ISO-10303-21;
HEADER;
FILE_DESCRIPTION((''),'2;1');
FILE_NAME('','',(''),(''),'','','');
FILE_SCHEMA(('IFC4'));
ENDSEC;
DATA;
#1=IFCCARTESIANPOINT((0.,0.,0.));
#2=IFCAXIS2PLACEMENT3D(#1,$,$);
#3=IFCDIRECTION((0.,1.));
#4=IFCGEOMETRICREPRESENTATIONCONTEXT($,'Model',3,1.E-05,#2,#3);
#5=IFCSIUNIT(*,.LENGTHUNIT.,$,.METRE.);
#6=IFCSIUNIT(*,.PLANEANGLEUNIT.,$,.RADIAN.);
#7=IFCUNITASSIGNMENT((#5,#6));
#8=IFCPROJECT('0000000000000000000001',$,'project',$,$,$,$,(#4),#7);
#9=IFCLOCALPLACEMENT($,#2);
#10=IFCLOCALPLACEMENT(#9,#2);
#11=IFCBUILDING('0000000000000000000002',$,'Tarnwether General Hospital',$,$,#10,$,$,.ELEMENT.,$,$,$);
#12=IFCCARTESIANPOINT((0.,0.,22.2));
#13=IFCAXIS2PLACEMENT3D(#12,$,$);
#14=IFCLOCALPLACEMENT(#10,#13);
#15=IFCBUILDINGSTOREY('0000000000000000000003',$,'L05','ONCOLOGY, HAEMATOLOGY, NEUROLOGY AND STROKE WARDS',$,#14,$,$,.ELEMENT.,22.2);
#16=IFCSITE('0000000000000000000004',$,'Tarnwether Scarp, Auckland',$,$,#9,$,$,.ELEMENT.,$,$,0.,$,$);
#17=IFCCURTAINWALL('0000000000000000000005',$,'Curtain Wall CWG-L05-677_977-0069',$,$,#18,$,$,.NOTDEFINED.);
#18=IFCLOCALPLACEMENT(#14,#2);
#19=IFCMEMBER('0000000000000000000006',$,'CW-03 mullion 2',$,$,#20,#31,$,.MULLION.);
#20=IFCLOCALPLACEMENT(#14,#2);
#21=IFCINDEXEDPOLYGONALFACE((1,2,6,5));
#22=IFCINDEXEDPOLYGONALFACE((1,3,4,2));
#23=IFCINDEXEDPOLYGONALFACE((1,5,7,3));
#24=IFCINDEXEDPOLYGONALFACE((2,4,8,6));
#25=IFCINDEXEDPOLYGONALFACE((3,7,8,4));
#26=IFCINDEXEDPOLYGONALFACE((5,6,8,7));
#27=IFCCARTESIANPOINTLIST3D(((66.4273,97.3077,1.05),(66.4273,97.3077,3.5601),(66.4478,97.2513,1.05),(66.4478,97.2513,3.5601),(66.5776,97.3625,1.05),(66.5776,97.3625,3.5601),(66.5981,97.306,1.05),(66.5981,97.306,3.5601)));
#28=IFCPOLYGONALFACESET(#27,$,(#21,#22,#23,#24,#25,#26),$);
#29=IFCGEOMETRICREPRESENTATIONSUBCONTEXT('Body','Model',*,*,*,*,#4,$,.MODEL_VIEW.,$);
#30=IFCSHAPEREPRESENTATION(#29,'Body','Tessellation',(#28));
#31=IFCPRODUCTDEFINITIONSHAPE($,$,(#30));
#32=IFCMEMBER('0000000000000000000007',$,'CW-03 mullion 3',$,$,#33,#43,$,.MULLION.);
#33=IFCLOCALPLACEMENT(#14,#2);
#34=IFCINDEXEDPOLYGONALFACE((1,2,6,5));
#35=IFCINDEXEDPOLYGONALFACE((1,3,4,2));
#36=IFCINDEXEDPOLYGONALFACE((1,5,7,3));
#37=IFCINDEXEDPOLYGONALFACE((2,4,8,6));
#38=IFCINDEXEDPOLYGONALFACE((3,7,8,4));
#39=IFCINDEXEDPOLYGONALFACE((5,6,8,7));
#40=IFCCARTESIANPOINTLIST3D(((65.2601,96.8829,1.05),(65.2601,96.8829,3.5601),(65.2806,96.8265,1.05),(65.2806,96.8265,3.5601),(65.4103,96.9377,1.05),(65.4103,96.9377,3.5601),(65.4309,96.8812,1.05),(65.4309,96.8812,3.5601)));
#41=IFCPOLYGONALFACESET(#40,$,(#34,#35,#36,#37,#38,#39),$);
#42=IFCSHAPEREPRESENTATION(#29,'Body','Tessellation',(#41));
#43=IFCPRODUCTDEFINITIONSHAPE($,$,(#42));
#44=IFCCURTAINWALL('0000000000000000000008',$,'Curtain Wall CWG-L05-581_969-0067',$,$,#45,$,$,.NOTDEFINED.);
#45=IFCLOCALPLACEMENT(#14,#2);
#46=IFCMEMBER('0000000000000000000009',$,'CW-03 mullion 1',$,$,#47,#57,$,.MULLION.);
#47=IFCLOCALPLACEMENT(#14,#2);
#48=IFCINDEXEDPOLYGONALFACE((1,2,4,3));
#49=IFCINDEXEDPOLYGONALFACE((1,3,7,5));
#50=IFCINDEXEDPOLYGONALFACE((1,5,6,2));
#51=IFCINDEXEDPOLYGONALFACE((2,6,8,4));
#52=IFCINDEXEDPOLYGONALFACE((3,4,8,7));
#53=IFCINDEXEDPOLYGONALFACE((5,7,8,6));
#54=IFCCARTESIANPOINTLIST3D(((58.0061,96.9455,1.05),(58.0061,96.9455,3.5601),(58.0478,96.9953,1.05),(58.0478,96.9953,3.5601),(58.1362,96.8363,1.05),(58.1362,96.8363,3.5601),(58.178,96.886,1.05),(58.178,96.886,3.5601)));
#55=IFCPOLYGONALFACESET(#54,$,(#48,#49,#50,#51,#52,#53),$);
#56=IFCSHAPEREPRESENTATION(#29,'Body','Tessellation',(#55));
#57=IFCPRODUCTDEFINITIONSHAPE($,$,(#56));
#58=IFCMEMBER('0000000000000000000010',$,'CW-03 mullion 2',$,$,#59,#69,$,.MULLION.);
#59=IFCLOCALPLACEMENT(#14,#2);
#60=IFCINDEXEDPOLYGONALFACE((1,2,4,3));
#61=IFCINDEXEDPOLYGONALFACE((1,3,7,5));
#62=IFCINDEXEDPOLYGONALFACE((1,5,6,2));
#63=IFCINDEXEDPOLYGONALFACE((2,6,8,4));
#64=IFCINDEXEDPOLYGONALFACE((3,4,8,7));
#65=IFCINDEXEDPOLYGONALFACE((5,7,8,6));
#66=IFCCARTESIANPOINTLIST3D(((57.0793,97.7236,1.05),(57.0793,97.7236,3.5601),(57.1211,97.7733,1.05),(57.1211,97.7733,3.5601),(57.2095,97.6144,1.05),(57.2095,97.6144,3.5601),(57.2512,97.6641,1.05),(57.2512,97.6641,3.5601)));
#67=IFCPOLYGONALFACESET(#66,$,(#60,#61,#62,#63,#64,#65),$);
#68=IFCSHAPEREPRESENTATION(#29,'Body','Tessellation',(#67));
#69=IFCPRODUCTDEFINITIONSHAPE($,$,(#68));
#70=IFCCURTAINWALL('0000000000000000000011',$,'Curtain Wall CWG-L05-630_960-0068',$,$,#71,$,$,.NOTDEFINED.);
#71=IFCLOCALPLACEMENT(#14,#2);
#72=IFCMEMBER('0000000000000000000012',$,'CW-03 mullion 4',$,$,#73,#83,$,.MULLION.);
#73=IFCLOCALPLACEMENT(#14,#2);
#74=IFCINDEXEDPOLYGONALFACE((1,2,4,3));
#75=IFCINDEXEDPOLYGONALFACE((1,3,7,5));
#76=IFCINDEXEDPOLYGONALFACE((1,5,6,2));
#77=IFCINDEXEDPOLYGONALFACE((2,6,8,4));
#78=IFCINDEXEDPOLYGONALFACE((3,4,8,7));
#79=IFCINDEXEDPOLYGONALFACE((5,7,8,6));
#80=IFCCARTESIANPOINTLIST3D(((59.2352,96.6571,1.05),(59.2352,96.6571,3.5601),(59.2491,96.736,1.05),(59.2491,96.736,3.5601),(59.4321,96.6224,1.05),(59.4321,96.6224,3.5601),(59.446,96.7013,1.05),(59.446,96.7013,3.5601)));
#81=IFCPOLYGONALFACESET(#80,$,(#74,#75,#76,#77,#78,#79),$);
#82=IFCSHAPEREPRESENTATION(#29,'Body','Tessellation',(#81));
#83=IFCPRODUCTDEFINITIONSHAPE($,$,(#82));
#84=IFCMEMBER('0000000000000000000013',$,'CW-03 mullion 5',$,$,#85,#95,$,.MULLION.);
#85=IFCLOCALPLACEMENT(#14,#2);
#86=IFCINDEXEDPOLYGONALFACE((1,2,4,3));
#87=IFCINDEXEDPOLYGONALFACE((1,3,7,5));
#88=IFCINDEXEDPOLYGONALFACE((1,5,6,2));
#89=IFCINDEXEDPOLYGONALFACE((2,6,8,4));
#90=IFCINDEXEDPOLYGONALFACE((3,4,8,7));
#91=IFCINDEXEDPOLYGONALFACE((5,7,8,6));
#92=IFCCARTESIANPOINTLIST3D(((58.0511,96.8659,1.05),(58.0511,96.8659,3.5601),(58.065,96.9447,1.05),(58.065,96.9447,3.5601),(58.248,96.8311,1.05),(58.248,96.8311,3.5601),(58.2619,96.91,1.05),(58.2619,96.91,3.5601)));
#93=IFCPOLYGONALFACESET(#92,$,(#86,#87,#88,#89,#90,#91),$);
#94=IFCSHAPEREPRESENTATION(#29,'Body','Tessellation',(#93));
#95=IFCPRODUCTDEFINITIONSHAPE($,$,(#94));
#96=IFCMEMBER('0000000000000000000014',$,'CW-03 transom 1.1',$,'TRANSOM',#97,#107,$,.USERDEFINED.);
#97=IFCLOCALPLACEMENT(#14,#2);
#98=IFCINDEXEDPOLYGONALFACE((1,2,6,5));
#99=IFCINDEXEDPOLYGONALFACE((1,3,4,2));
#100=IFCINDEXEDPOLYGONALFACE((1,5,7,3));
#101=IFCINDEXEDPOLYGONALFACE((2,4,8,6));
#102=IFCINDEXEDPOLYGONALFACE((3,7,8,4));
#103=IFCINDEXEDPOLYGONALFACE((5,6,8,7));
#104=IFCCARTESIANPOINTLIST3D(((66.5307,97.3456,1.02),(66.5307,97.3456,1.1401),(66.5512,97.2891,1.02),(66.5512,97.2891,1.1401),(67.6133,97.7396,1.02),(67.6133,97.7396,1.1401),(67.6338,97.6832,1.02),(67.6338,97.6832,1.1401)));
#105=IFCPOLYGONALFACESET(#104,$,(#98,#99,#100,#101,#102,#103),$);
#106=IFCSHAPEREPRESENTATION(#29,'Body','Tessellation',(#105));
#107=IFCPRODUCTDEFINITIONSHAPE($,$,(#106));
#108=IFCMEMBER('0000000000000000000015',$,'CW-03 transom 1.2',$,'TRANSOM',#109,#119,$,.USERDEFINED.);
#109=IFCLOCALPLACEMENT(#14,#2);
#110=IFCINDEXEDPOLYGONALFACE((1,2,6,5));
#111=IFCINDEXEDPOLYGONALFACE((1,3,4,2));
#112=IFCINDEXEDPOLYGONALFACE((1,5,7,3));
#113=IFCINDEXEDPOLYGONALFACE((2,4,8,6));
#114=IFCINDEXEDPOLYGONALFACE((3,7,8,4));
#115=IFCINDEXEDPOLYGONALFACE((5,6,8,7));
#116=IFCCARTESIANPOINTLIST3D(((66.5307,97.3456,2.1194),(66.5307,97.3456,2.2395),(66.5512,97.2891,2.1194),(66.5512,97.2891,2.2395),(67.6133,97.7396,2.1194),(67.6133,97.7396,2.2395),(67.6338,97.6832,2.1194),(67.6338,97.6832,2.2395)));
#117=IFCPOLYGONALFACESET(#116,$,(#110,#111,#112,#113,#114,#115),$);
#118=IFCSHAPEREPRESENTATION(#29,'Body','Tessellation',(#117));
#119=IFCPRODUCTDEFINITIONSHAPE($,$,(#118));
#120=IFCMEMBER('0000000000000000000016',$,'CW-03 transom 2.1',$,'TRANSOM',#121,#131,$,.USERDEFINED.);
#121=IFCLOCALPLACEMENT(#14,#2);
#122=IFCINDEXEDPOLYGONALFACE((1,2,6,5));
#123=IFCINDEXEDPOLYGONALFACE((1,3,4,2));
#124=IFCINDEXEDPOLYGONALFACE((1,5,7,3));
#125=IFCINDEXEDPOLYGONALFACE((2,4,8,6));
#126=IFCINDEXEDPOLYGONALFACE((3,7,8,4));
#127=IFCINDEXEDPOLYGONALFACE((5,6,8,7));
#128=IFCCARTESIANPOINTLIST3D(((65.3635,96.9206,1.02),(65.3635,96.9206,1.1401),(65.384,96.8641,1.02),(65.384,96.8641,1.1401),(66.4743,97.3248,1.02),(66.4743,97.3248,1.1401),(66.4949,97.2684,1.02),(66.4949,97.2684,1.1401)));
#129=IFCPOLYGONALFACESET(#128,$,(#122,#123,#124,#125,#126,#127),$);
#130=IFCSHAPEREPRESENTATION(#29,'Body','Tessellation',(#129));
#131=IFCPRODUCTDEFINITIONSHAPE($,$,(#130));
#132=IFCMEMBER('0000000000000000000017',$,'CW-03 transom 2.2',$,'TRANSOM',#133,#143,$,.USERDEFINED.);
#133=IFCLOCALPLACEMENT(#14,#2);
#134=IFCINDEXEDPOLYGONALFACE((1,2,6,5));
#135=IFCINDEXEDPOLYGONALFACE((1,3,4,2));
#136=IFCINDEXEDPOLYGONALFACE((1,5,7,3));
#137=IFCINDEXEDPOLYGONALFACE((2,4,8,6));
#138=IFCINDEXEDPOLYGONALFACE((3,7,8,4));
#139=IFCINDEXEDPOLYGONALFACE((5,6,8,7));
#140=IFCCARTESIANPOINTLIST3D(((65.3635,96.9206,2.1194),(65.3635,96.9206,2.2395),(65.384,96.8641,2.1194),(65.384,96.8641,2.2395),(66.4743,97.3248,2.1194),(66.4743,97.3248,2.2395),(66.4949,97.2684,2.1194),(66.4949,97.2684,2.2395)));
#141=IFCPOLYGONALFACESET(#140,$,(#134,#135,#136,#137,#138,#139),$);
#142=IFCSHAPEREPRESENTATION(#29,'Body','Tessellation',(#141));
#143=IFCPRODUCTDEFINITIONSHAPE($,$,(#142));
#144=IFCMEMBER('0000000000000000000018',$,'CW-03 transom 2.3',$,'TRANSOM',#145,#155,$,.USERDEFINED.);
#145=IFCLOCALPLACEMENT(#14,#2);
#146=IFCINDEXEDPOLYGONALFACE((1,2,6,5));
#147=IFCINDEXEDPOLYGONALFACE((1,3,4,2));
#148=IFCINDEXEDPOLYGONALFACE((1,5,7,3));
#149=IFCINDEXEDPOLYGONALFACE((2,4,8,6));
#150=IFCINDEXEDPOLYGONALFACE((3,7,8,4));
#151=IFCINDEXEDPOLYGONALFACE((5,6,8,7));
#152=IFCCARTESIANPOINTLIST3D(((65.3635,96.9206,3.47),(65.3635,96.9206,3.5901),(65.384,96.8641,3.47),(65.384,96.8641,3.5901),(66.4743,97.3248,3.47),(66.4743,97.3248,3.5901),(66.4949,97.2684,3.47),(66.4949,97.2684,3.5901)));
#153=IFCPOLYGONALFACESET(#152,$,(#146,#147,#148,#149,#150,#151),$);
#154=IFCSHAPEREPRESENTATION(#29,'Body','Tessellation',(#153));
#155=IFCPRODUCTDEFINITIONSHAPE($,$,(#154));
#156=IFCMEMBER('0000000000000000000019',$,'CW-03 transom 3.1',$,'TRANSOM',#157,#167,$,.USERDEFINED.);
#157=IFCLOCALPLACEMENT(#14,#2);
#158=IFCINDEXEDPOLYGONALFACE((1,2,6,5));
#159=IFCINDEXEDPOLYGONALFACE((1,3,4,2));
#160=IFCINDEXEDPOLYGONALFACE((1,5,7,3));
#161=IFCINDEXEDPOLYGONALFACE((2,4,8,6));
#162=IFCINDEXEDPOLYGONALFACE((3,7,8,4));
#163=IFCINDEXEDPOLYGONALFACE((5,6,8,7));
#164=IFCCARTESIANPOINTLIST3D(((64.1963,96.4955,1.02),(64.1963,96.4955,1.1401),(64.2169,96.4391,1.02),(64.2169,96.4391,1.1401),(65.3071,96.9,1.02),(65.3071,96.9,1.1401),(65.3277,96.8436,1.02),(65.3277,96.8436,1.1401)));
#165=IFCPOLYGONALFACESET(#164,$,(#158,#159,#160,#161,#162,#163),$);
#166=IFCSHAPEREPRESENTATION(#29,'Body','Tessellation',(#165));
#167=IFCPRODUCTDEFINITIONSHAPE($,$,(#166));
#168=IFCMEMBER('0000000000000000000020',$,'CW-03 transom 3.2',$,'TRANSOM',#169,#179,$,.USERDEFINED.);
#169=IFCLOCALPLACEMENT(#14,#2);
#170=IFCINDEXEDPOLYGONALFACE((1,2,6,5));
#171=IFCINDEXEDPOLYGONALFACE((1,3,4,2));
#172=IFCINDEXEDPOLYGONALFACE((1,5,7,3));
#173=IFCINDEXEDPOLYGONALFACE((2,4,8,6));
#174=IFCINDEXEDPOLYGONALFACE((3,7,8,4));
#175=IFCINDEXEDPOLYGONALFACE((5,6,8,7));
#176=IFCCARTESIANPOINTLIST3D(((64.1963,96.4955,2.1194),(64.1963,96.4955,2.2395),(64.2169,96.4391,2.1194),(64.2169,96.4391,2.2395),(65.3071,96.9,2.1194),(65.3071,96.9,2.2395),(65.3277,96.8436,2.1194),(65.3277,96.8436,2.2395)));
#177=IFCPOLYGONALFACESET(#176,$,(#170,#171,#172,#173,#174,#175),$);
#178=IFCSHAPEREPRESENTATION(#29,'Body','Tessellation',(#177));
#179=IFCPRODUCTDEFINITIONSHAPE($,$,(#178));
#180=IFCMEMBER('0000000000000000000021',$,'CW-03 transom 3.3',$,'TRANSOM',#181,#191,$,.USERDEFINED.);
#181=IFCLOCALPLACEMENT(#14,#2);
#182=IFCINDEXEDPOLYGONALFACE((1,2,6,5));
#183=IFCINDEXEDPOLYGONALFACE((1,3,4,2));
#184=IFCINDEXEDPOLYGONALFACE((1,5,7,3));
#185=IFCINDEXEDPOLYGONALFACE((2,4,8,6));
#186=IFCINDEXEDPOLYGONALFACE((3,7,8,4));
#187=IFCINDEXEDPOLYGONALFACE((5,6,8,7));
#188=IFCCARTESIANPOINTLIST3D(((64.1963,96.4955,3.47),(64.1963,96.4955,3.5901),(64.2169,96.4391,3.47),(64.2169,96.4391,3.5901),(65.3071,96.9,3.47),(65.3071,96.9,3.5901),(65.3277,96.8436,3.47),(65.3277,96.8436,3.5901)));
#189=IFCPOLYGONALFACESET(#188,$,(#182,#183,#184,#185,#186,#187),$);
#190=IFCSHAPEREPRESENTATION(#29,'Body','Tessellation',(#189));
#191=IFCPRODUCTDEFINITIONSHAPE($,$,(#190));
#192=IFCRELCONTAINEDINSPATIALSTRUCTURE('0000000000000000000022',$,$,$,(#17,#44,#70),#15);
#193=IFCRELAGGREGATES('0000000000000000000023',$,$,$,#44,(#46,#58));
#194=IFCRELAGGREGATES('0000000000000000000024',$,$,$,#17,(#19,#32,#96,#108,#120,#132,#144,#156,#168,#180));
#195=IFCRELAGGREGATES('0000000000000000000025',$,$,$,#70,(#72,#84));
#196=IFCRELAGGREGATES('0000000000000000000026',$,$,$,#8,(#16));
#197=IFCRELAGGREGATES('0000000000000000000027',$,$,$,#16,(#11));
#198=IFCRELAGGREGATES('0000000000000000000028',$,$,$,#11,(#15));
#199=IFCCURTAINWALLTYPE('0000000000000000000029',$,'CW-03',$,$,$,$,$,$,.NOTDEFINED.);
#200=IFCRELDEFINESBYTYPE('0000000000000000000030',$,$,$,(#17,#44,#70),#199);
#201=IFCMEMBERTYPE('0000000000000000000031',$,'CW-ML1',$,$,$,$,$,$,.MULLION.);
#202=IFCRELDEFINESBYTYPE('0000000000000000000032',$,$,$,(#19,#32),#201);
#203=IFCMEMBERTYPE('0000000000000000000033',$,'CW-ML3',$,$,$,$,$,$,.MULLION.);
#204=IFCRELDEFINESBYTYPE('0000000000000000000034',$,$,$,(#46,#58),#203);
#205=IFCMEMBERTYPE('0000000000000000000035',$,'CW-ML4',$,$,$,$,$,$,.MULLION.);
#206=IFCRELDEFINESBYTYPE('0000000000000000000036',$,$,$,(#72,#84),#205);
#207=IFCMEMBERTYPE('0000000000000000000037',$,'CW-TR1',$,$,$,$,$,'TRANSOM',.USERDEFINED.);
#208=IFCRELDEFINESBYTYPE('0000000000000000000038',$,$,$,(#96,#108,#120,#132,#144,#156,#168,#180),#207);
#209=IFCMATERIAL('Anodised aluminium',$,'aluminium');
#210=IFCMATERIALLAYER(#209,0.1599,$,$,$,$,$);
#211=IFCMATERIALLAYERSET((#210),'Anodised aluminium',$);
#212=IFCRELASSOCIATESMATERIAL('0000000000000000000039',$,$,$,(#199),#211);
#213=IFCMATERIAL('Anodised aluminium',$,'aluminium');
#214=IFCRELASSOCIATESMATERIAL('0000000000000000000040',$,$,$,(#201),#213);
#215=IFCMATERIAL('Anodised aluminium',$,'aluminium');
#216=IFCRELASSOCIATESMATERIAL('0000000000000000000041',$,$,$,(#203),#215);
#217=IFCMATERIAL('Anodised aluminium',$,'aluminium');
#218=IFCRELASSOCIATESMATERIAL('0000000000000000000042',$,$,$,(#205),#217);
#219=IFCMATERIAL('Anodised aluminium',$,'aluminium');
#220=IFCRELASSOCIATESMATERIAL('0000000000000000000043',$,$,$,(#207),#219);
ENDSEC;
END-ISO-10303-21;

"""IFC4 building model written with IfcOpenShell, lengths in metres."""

from ifc_helpers import new_model, si_unit, direction, frame, origin, origin_2d, place, context, subcontext, project, spatial, rectangle, extrude, material, layer, layer_set, material_profile, profile_set, type_object, element, aggregate, save


model = new_model("IFC4")

# Units and contexts
model_context = context("Model", 3, precision=1e-05, world=origin(), true_north=direction((0.0, 1.0)))
body_context = subcontext(model_context, "Body", "Model", "MODEL_VIEW")
ifc_project = project(units=[si_unit("LENGTHUNIT", "METRE"), si_unit("PLANEANGLEUNIT", "RADIAN")], contexts=[model_context])

# Site, building, storey
site_placement = place(None, origin())
site = spatial("IfcSite", under=ifc_project, at=site_placement, Name="Tarnwether Scarp, Auckland", CompositionType="ELEMENT", RefElevation=0.0)
building_placement = place(site_placement, origin())
building = spatial("IfcBuilding", under=site, at=building_placement, Name="Tarnwether General Hospital", CompositionType="ELEMENT")
storey_placement = place(building_placement, frame((0.0, 0.0, 22.2)))
storey = spatial("IfcBuildingStorey", under=building, at=storey_placement, Name="L05", Description="ONCOLOGY, HAEMATOLOGY, NEUROLOGY AND STROKE WARDS", CompositionType="ELEMENT", Elevation=22.2)

# Curtain walls, members
ifc_material_1 = material(Name="Anodised aluminium", Category="aluminium")
ifc_layer_1 = layer(ifc_material_1, 0.1599)
ifc_layer_set_1 = layer_set([ifc_layer_1], Name="Anodised aluminium")
curtain_wall_type = type_object("IfcCurtainWallType", Name="CW-03", PredefinedType="NOTDEFINED", material=ifc_layer_set_1)
curtain_wall_1_placement = place(storey_placement, origin())
curtain_wall_1 = element("IfcCurtainWall", 1, at=curtain_wall_1_placement, inside=storey, type_object=curtain_wall_type, Name="Curtain Wall CWG-L05-677_977-0069", PredefinedType="NOTDEFINED")
ifc_material_2 = material(Name="Anodised aluminium", Category="aluminium")
ifc_material_profile_1 = material_profile(ifc_material_2, rectangle(XDim=0.0601, YDim=0.1599, at=origin_2d()), Name="ALU-MUL-60x160")
ifc_profile_set_1 = profile_set([ifc_material_profile_1], Name="Anodised aluminium")
member_type_1 = type_object("IfcMemberType", Name="CW-ML1", PredefinedType="MULLION", material=ifc_profile_set_1)
member_1_placement = place(storey_placement, frame((66.5127, 97.3069, 1.05), z_axis=(0.0, 0.0, 1.0), x_axis=(0.342131, -0.939652, 0.0)))
member_1 = element("IfcMember", 2, at=member_1_placement, type_object=member_type_1, Name="CW-03 mullion 2", PredefinedType="MULLION", context=body_context, shape_type="SweptSolid", body=[
    extrude(rectangle(XDim=0.0601, YDim=0.1599, at=origin_2d()), origin(), (0.0, 0.0, 1.0), 2.51),
])
member_2_placement = place(storey_placement, frame((65.3455, 96.8821, 1.05), z_axis=(0.0, 0.0, 1.0), x_axis=(0.342131, -0.939652, 0.0)))
member_2 = element("IfcMember", 3, at=member_2_placement, type_object=member_type_1, Name="CW-03 mullion 3", PredefinedType="MULLION", context=body_context, shape_type="SweptSolid", body=[
    extrude(rectangle(XDim=0.0601, YDim=0.1599, at=origin_2d()), origin(), (0.0, 0.0, 1.0), 2.51),
])
curtain_wall_2_placement = place(storey_placement, origin())
curtain_wall_2 = element("IfcCurtainWall", 4, at=curtain_wall_2_placement, inside=storey, type_object=curtain_wall_type, Name="Curtain Wall CWG-L05-581_969-0067", PredefinedType="NOTDEFINED")
ifc_material_3 = material(Name="Anodised aluminium", Category="aluminium")
ifc_material_profile_2 = material_profile(ifc_material_3, rectangle(XDim=0.0649, YDim=0.1699, at=origin_2d()), Name="ALU-MUL-65x170")
ifc_profile_set_2 = profile_set([ifc_material_profile_2], Name="Anodised aluminium")
member_type_2 = type_object("IfcMemberType", Name="CW-ML3", PredefinedType="MULLION", material=ifc_profile_set_2)
member_3_placement = place(storey_placement, frame((58.092, 96.9158, 1.05), z_axis=(0.0, 0.0, 1.0), x_axis=(-0.642852, -0.76599, 0.0)))
member_3 = element("IfcMember", 5, at=member_3_placement, type_object=member_type_2, Name="CW-03 mullion 1", PredefinedType="MULLION", context=body_context, shape_type="SweptSolid", body=[
    extrude(rectangle(XDim=0.0649, YDim=0.1699, at=origin_2d()), origin(), (0.0, 0.0, 1.0), 2.51),
])
member_4_placement = place(storey_placement, frame((57.1653, 97.6938, 1.05), z_axis=(0.0, 0.0, 1.0), x_axis=(-0.642852, -0.76599, 0.0)))
member_4 = element("IfcMember", 6, at=member_4_placement, type_object=member_type_2, Name="CW-03 mullion 2", PredefinedType="MULLION", context=body_context, shape_type="SweptSolid", body=[
    extrude(rectangle(XDim=0.0649, YDim=0.1699, at=origin_2d()), origin(), (0.0, 0.0, 1.0), 2.51),
])
curtain_wall_3_placement = place(storey_placement, origin())
curtain_wall_3 = element("IfcCurtainWall", 7, at=curtain_wall_3_placement, inside=storey, type_object=curtain_wall_type, Name="Curtain Wall CWG-L05-630_960-0068", PredefinedType="NOTDEFINED")
ifc_material_4 = material(Name="Anodised aluminium", Category="aluminium")
ifc_material_profile_3 = material_profile(ifc_material_4, rectangle(XDim=0.0801, YDim=0.2, at=origin_2d()), Name="ALU-MUL-80x200")
ifc_profile_set_3 = profile_set([ifc_material_profile_3], Name="Anodised aluminium")
member_type_3 = type_object("IfcMemberType", Name="CW-ML4", PredefinedType="MULLION", material=ifc_profile_set_3)
member_5_placement = place(storey_placement, frame((59.3406, 96.6792, 1.05), z_axis=(0.0, 0.0, 1.0), x_axis=(-0.173659, -0.984806, 0.0)))
member_5 = element("IfcMember", 8, at=member_5_placement, type_object=member_type_3, Name="CW-03 mullion 4", PredefinedType="MULLION", context=body_context, shape_type="SweptSolid", body=[
    extrude(rectangle(XDim=0.0801, YDim=0.2, at=origin_2d()), origin(), (0.0, 0.0, 1.0), 2.51),
])
member_6_placement = place(storey_placement, frame((58.1565, 96.8879, 1.05), z_axis=(0.0, 0.0, 1.0), x_axis=(-0.173659, -0.984806, 0.0)))
member_6 = element("IfcMember", 9, at=member_6_placement, type_object=member_type_3, Name="CW-03 mullion 5", PredefinedType="MULLION", context=body_context, shape_type="SweptSolid", body=[
    extrude(rectangle(XDim=0.0801, YDim=0.2, at=origin_2d()), origin(), (0.0, 0.0, 1.0), 2.51),
])

# Members
ifc_material_5 = material(Name="Anodised aluminium", Category="aluminium")
ifc_material_profile_4 = material_profile(ifc_material_5, rectangle(XDim=0.0601, YDim=0.1201, at=origin_2d()), Name="ALU-TRN-60x120")
ifc_profile_set_4 = profile_set([ifc_material_profile_4], Name="Anodised aluminium")
member_type_4 = type_object("IfcMemberType", Name="CW-TR1", ElementType="TRANSOM", PredefinedType="USERDEFINED", material=ifc_profile_set_4)
member_7_placement = place(storey_placement, frame((67.6235, 97.7114, 1.0801), z_axis=(-0.939682, -0.342049, 0.0), x_axis=(0.342049, -0.939682, 0.0)))
member_7 = element("IfcMember", 10, at=member_7_placement, type_object=member_type_4, Name="CW-03 transom 1.1", ObjectType="TRANSOM", PredefinedType="USERDEFINED", context=body_context, shape_type="SweptSolid", body=[
    extrude(rectangle(XDim=0.0601, YDim=0.1201, at=origin_2d()), origin(), (0.0, 0.0, 1.0), 1.1521),
])
member_8_placement = place(storey_placement, frame((67.6235, 97.7114, 2.1794), z_axis=(-0.939682, -0.342049, 0.0), x_axis=(0.342049, -0.939682, 0.0)))
member_8 = element("IfcMember", 11, at=member_8_placement, type_object=member_type_4, Name="CW-03 transom 1.2", ObjectType="TRANSOM", PredefinedType="USERDEFINED", context=body_context, shape_type="SweptSolid", body=[
    extrude(rectangle(XDim=0.0601, YDim=0.1201, at=origin_2d()), origin(), (0.0, 0.0, 1.0), 1.1521),
])
member_9_placement = place(storey_placement, frame((66.4846, 97.2966, 1.0801), z_axis=(-0.939697, -0.342008, 0.0), x_axis=(0.342008, -0.939697, 0.0)))
member_9 = element("IfcMember", 12, at=member_9_placement, type_object=member_type_4, Name="CW-03 transom 2.1", ObjectType="TRANSOM", PredefinedType="USERDEFINED", context=body_context, shape_type="SweptSolid", body=[
    extrude(rectangle(XDim=0.0601, YDim=0.1201, at=origin_2d()), origin(), (0.0, 0.0, 1.0), 1.1821),
])
member_10_placement = place(storey_placement, frame((66.4846, 97.2966, 2.1794), z_axis=(-0.939697, -0.342008, 0.0), x_axis=(0.342008, -0.939697, 0.0)))
member_10 = element("IfcMember", 13, at=member_10_placement, type_object=member_type_4, Name="CW-03 transom 2.2", ObjectType="TRANSOM", PredefinedType="USERDEFINED", context=body_context, shape_type="SweptSolid", body=[
    extrude(rectangle(XDim=0.0601, YDim=0.1201, at=origin_2d()), origin(), (0.0, 0.0, 1.0), 1.1821),
])
member_11_placement = place(storey_placement, frame((66.4846, 97.2966, 3.53), z_axis=(-0.939697, -0.342008, 0.0), x_axis=(0.342008, -0.939697, 0.0)))
member_11 = element("IfcMember", 14, at=member_11_placement, type_object=member_type_4, Name="CW-03 transom 2.3", ObjectType="TRANSOM", PredefinedType="USERDEFINED", context=body_context, shape_type="SweptSolid", body=[
    extrude(rectangle(XDim=0.0601, YDim=0.1201, at=origin_2d()), origin(), (0.0, 0.0, 1.0), 1.1821),
])
member_12_placement = place(storey_placement, frame((65.3174, 96.8718, 1.0801), z_axis=(-0.939631, -0.342191, 0.0), x_axis=(0.342191, -0.939631, 0.0)))
member_12 = element("IfcMember", 15, at=member_12_placement, type_object=member_type_4, Name="CW-03 transom 3.1", ObjectType="TRANSOM", PredefinedType="USERDEFINED", context=body_context, shape_type="SweptSolid", body=[
    extrude(rectangle(XDim=0.0601, YDim=0.1201, at=origin_2d()), origin(), (0.0, 0.0, 1.0), 1.1821),
])
member_13_placement = place(storey_placement, frame((65.3174, 96.8718, 2.1794), z_axis=(-0.939631, -0.342191, 0.0), x_axis=(0.342191, -0.939631, 0.0)))
member_13 = element("IfcMember", 16, at=member_13_placement, type_object=member_type_4, Name="CW-03 transom 3.2", ObjectType="TRANSOM", PredefinedType="USERDEFINED", context=body_context, shape_type="SweptSolid", body=[
    extrude(rectangle(XDim=0.0601, YDim=0.1201, at=origin_2d()), origin(), (0.0, 0.0, 1.0), 1.1821),
])
member_14_placement = place(storey_placement, frame((65.3174, 96.8718, 3.53), z_axis=(-0.939631, -0.342191, 0.0), x_axis=(0.342191, -0.939631, 0.0)))
member_14 = element("IfcMember", 17, at=member_14_placement, type_object=member_type_4, Name="CW-03 transom 3.3", ObjectType="TRANSOM", PredefinedType="USERDEFINED", context=body_context, shape_type="SweptSolid", body=[
    extrude(rectangle(XDim=0.0601, YDim=0.1201, at=origin_2d()), origin(), (0.0, 0.0, 1.0), 1.1821),
])

aggregate(curtain_wall_2, [member_3, member_4])
aggregate(curtain_wall_1, [member_1, member_2, member_7, member_8, member_9, member_10, member_11, member_12, member_13, member_14])
aggregate(curtain_wall_3, [member_5, member_6])

save(model, "model.ifc")
